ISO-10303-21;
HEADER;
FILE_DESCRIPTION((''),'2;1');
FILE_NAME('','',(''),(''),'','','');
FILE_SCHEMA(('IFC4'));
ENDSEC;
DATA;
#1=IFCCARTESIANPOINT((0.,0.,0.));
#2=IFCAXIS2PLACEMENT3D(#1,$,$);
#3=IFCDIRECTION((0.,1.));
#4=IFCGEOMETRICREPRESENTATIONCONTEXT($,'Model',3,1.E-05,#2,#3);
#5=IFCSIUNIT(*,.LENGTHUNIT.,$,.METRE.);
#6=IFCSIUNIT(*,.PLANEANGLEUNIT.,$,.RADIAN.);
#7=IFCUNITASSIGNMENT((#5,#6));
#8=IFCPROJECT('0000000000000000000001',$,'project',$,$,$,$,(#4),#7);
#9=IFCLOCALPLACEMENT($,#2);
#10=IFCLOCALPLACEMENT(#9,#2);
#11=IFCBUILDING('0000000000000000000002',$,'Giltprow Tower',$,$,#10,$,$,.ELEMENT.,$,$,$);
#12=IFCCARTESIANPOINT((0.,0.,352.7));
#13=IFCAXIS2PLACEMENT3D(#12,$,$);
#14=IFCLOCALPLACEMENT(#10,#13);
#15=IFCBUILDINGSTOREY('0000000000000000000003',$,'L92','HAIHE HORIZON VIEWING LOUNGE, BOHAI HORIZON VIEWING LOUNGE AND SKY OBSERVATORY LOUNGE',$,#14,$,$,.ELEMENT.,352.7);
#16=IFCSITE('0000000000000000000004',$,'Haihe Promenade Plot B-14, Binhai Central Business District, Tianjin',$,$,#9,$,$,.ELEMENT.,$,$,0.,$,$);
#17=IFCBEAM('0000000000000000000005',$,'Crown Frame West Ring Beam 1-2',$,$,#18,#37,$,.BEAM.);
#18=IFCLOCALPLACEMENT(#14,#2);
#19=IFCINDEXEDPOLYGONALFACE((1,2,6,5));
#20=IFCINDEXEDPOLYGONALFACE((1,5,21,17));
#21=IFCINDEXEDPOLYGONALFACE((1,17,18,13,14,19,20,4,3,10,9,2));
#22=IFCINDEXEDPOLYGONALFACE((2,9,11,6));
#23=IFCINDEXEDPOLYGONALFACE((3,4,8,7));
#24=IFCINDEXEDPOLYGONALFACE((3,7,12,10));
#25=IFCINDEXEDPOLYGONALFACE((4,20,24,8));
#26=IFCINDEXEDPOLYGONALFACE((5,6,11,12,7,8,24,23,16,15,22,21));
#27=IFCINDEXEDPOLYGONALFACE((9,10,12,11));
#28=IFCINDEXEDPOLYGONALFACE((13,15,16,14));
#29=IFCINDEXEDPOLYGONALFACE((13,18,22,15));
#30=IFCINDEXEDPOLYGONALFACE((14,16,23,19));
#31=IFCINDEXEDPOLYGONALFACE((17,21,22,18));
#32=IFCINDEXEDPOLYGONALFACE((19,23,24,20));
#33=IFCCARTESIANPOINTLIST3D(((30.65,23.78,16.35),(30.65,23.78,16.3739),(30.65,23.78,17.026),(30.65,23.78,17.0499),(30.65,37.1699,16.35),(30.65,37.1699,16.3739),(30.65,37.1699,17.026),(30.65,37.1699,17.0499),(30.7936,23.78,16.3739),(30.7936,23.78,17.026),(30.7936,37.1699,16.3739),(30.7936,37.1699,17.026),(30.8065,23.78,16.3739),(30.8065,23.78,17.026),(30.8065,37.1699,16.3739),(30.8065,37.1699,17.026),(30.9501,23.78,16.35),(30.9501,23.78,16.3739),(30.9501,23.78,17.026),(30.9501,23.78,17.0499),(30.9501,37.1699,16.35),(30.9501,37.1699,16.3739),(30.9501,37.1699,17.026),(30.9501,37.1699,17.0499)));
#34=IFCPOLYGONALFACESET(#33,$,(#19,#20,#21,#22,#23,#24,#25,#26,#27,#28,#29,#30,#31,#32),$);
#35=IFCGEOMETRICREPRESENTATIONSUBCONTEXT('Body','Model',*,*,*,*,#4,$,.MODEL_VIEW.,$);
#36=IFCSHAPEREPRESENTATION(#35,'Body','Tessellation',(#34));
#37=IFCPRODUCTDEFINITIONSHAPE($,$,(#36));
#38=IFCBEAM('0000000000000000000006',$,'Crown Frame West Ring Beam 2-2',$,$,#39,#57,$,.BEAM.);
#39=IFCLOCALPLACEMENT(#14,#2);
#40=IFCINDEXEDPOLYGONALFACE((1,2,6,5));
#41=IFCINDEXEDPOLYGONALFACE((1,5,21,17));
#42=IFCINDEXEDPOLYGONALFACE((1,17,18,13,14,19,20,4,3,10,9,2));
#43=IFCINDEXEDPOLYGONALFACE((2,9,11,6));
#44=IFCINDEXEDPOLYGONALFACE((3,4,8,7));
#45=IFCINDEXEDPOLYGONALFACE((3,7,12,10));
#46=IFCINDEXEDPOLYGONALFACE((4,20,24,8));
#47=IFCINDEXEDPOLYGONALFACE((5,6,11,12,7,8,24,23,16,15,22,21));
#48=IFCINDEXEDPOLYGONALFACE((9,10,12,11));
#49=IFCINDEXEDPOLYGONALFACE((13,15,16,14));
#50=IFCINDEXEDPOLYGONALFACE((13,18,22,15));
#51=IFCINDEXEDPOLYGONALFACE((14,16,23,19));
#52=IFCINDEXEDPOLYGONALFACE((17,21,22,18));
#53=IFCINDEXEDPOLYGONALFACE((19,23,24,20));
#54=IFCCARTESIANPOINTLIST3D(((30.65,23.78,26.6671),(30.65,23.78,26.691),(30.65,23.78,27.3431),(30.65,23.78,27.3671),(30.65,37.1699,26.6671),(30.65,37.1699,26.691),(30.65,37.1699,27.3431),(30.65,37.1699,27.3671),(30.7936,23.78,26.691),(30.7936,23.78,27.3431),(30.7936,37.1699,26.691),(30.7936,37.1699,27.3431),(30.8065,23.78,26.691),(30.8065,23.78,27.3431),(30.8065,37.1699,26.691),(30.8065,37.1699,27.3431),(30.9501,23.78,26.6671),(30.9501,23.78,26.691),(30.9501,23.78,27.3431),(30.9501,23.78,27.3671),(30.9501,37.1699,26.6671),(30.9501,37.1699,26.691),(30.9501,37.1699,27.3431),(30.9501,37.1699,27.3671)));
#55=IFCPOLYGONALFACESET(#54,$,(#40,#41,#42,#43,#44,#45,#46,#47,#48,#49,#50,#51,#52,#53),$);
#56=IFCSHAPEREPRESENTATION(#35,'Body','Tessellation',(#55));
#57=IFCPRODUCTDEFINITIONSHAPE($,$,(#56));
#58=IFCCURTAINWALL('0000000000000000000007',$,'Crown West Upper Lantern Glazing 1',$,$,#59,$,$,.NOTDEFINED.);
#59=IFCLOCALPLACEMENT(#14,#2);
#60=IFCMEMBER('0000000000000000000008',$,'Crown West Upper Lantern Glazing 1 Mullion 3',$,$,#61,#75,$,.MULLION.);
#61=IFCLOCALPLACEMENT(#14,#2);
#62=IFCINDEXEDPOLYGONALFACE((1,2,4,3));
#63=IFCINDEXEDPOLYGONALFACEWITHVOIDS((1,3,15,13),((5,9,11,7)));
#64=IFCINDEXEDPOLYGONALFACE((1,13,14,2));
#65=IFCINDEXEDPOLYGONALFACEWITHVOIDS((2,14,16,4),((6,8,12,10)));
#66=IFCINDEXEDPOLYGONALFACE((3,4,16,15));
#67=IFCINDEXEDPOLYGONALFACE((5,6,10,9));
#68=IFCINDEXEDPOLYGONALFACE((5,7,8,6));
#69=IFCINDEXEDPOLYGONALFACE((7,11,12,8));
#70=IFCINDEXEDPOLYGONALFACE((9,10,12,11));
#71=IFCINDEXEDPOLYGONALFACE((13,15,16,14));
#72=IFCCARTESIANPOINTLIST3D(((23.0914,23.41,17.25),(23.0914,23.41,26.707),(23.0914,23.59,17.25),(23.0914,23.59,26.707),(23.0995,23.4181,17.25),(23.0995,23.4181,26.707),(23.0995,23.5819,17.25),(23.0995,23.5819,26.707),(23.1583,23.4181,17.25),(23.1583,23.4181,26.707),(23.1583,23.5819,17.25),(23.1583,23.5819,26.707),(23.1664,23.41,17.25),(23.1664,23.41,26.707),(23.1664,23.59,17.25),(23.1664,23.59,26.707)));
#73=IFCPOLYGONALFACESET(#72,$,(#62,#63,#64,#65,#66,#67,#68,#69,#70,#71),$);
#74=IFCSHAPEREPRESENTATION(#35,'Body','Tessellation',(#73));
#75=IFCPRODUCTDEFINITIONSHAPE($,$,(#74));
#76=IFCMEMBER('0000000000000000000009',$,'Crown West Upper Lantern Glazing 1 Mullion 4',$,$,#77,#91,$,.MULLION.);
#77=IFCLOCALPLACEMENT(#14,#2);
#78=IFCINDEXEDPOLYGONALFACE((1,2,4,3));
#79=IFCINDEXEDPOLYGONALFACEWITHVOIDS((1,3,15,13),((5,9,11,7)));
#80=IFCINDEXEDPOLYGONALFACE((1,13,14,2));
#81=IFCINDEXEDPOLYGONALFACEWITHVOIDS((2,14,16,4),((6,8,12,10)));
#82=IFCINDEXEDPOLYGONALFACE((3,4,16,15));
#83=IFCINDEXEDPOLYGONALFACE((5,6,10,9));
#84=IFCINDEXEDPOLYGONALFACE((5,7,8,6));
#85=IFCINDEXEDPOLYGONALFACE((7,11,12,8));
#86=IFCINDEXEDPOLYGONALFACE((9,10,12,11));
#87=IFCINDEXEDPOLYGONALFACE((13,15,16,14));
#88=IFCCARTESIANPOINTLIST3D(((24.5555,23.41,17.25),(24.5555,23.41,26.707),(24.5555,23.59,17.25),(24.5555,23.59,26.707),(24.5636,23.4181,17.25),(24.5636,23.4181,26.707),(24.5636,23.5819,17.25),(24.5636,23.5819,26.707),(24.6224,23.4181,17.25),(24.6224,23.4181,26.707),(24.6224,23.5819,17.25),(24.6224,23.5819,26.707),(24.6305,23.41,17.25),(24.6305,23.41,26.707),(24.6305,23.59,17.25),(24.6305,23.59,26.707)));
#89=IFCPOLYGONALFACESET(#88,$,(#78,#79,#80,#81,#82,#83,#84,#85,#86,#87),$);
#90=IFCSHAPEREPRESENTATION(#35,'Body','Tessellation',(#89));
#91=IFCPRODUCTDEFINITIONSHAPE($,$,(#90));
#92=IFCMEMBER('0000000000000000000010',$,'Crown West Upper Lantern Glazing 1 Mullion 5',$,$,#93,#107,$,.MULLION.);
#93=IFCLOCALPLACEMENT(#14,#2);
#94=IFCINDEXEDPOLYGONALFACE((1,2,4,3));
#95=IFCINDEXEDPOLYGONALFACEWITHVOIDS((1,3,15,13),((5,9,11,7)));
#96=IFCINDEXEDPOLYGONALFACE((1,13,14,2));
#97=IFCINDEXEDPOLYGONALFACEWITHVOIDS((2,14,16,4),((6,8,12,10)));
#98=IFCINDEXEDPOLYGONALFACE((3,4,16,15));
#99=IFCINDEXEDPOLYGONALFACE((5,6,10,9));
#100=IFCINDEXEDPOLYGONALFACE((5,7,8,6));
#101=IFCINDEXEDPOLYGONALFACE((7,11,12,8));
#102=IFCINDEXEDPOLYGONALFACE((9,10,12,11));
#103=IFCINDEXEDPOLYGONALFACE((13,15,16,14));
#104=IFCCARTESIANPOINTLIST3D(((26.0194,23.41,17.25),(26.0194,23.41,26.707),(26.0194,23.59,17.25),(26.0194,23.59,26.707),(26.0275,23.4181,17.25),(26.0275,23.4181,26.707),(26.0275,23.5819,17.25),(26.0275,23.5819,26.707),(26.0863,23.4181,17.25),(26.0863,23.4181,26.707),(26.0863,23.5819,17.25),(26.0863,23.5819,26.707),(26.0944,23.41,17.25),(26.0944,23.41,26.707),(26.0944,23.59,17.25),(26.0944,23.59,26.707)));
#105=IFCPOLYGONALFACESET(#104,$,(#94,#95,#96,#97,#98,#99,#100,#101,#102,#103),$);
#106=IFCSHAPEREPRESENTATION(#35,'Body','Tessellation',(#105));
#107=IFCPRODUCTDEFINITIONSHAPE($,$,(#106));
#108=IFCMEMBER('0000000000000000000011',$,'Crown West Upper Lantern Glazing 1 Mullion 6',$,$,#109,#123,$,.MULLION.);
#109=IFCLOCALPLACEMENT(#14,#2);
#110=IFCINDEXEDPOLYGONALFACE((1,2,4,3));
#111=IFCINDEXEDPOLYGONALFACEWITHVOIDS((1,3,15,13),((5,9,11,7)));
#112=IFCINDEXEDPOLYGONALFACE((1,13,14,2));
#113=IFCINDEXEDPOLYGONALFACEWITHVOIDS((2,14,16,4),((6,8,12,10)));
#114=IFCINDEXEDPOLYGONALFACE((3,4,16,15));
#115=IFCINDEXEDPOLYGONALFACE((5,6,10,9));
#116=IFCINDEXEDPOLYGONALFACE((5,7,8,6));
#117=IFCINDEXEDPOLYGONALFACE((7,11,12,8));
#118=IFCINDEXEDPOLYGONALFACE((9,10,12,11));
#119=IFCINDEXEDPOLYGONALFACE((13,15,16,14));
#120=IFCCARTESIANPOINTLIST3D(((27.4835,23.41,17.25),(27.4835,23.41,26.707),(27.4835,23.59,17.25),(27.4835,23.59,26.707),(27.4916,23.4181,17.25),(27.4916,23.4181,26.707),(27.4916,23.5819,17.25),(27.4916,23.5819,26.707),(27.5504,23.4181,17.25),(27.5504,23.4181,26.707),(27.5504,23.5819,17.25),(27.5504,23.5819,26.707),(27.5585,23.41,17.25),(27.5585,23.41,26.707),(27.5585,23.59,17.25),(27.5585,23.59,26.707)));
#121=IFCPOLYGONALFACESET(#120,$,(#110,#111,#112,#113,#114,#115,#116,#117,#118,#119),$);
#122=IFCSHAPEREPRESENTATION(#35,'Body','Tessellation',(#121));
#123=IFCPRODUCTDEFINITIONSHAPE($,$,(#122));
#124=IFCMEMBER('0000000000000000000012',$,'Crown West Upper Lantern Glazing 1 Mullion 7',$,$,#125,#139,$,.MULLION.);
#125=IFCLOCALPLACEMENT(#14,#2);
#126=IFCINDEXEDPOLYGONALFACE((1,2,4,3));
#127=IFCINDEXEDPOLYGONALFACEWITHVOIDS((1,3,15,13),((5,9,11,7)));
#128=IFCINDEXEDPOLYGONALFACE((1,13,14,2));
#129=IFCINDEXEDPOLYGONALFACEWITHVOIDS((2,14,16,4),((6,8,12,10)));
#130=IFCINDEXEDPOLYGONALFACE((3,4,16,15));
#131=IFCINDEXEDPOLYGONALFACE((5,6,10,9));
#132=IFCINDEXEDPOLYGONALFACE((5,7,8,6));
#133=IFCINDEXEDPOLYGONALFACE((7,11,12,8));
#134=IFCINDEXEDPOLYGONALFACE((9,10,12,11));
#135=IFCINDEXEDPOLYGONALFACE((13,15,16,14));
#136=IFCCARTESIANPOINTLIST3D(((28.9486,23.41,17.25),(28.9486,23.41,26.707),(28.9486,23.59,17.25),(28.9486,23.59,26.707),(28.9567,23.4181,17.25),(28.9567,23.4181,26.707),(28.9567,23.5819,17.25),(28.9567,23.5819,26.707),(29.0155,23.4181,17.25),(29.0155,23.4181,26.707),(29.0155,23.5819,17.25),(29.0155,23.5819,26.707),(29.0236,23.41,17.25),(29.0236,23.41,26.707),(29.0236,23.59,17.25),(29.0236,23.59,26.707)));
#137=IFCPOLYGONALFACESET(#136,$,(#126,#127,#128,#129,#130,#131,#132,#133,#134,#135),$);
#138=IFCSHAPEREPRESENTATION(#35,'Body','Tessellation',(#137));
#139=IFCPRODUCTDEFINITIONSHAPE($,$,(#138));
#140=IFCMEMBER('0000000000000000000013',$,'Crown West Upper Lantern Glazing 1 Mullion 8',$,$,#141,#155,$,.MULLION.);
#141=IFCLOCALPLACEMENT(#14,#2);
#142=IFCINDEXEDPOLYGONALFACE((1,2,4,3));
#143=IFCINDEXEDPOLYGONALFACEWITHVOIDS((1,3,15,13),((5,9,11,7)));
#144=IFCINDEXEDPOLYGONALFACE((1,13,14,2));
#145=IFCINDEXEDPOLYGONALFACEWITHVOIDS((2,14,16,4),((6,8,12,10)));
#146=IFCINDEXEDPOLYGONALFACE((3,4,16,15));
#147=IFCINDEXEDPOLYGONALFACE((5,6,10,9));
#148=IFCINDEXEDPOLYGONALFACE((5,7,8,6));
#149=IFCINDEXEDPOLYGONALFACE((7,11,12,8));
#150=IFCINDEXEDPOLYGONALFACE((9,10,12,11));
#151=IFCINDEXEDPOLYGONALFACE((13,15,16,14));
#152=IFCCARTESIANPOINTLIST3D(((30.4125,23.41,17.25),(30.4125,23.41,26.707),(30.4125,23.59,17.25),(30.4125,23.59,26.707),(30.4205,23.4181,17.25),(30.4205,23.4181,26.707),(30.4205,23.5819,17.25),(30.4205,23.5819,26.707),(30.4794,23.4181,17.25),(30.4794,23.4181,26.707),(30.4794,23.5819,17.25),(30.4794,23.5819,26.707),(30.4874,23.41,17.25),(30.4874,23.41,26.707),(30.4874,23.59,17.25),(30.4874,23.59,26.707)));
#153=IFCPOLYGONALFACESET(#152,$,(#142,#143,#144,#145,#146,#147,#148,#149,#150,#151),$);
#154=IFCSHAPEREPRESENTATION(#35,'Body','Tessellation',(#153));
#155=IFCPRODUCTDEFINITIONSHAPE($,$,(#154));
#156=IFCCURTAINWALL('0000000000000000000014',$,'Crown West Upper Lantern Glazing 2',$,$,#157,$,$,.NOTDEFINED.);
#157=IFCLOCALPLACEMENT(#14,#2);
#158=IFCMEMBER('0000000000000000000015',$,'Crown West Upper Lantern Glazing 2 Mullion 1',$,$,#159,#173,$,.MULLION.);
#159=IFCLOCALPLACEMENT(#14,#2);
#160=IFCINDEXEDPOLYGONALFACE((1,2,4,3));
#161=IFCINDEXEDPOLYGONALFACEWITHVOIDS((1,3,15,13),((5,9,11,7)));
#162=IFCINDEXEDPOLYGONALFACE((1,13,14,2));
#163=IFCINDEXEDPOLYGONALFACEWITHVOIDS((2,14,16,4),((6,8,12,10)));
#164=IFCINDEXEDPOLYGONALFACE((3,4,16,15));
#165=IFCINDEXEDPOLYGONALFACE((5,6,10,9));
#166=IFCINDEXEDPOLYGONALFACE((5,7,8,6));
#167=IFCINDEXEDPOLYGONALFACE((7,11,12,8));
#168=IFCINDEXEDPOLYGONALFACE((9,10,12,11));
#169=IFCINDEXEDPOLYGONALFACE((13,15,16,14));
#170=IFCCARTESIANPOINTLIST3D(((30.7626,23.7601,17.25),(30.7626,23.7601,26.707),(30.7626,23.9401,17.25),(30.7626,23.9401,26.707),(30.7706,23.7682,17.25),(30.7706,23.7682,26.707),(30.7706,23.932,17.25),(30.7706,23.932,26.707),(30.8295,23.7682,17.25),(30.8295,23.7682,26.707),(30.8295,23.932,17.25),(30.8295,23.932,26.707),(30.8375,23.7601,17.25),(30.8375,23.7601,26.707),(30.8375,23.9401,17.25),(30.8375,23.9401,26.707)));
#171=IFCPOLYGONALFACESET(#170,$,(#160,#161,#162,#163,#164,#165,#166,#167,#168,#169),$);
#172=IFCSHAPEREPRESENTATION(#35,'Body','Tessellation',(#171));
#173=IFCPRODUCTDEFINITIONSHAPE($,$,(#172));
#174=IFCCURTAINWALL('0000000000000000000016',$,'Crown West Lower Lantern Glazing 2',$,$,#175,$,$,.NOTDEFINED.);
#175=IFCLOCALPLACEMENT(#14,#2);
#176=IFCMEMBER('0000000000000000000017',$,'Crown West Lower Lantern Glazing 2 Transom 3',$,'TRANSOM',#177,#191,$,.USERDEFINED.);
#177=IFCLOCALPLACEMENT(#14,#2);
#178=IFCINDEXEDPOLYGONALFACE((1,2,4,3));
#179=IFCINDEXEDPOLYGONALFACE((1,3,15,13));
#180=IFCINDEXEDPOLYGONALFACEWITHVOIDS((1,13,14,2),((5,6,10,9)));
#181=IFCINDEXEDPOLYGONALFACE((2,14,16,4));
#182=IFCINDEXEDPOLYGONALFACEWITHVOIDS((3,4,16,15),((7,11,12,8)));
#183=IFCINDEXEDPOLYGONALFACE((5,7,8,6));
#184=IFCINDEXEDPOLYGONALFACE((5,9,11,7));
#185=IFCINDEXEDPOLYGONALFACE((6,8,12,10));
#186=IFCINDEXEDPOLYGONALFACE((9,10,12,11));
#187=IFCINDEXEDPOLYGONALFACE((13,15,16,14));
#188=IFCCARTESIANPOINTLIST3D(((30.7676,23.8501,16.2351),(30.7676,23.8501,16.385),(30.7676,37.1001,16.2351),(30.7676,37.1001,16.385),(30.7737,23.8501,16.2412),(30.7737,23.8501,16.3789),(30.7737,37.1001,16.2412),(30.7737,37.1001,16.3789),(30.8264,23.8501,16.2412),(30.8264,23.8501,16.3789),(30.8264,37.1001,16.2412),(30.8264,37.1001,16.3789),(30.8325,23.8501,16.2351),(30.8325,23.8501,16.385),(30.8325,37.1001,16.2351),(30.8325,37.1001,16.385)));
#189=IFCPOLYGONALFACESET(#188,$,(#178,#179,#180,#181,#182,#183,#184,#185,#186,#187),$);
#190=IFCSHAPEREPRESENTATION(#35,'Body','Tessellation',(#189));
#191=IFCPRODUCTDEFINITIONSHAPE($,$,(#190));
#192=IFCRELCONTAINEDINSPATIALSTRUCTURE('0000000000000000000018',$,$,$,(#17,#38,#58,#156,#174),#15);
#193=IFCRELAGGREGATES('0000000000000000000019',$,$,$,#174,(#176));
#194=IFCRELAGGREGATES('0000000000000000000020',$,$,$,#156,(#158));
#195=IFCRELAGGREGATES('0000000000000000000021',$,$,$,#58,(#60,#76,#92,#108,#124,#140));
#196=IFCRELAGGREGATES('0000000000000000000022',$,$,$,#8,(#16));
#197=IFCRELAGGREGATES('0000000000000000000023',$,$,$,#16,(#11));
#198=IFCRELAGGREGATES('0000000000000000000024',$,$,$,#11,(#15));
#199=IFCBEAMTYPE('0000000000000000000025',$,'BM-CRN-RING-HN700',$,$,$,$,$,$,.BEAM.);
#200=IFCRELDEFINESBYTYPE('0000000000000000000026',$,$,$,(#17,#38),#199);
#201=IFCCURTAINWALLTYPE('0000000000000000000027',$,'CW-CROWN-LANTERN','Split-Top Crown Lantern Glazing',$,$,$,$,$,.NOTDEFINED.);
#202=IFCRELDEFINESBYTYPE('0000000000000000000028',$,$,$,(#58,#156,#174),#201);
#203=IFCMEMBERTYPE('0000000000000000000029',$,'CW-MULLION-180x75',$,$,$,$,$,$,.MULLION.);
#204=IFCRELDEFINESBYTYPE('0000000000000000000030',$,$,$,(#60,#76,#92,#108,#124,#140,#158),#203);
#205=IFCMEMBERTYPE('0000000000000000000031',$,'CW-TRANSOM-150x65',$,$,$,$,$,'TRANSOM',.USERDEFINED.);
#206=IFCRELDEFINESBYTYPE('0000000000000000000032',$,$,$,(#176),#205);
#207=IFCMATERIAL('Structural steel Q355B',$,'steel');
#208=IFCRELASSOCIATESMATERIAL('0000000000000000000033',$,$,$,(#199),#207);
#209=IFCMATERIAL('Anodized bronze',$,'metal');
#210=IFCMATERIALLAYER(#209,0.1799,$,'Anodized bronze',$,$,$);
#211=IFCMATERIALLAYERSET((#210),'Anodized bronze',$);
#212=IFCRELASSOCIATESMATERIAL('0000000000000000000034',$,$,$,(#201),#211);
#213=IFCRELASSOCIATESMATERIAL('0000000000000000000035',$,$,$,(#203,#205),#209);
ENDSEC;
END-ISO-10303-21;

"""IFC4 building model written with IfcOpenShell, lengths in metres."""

from ifc_helpers import new_model, si_unit, direction, frame, origin, origin_2d, place, context, subcontext, project, spatial, hollow_rectangle, i_section, extrude, source, transform, mapped, material, layer, layer_set, material_profile, profile_set, type_object, element, aggregate, save


model = new_model("IFC4")

# Units and contexts
model_context = context("Model", 3, precision=1e-05, world=origin(), true_north=direction((0.0, 1.0)))
body_context = subcontext(model_context, "Body", "Model", "MODEL_VIEW")
ifc_project = project(units=[si_unit("LENGTHUNIT", "METRE"), si_unit("PLANEANGLEUNIT", "RADIAN")], contexts=[model_context])

# Site, building, storey
site_placement = place(None, origin())
site = spatial("IfcSite", under=ifc_project, at=site_placement, Name="Haihe Promenade Plot B-14, Binhai Central Business District, Tianjin", CompositionType="ELEMENT", RefElevation=0.0)
building_placement = place(site_placement, origin())
building = spatial("IfcBuilding", under=site, at=building_placement, Name="Giltprow Tower", CompositionType="ELEMENT")
storey_placement = place(building_placement, frame((0.0, 0.0, 352.7)))
storey = spatial("IfcBuildingStorey", under=building, at=storey_placement, Name="L92", Description="HAIHE HORIZON VIEWING LOUNGE, BOHAI HORIZON VIEWING LOUNGE AND SKY OBSERVATORY LOUNGE", CompositionType="ELEMENT", Elevation=352.7)

# Beams
ifc_material_1 = material(Name="Structural steel Q355B", Category="steel")
ifc_material_profile_1 = material_profile(ifc_material_1, i_section(OverallWidth=0.3, OverallDepth=0.7, WebThickness=0.0129, FlangeThickness=0.0239, at=origin_2d()), Name="HN 700x300x13x24")
ifc_profile_set_1 = profile_set([ifc_material_profile_1], Name="Structural steel Q355B")
beam_type = type_object("IfcBeamType", Name="BM-CRN-RING-HN700", PredefinedType="BEAM", material=ifc_profile_set_1)
shared_shape_1 = source(origin(), body_context, "Body", "SweptSolid", [
    extrude(i_section(OverallWidth=0.3, OverallDepth=0.7, WebThickness=0.0129, FlangeThickness=0.0239, at=origin_2d()), origin(), (0.0, 0.0, 1.0), 13.3899),
])
for number, where, z_axis, x_axis, name in (
    (1, (30.8, 23.78, 16.7), (0.0, 1.0, 0.0), (-1.0, 0.0, 0.0), "Crown Frame West Ring Beam 1-2"),
    (2, (30.8, 23.78, 27.0171), (0.0, 1.0, 0.0), (-1.0, 0.0, 0.0), "Crown Frame West Ring Beam 2-2"),
):
    element("IfcBeam", number, at=place(storey_placement, frame(where, z_axis=z_axis, x_axis=x_axis)), inside=storey, type_object=beam_type, Name=name, PredefinedType="BEAM", context=body_context, shape_type="MappedRepresentation", body=[
        mapped(shared_shape_1, transform((0.0, 0.0, 0.0), x_axis=(1.0, 0.0, 0.0), y_axis=(0.0, 1.0, 0.0), z_axis=(0.0, 0.0, 1.0), scale=1.0)),
    ])

# Curtain wall, members
ifc_material_2 = material(Name="Anodized bronze", Category="metal")
ifc_layer_1 = layer(ifc_material_2, 0.1799, Name="Anodized bronze")
ifc_layer_set_1 = layer_set([ifc_layer_1], Name="Anodized bronze")
curtain_wall_type = type_object("IfcCurtainWallType", Name="CW-CROWN-LANTERN", Description="Split-Top Crown Lantern Glazing", PredefinedType="NOTDEFINED", material=ifc_layer_set_1)
curtain_wall_1_placement = place(storey_placement, origin())
curtain_wall_1 = element("IfcCurtainWall", 3, at=curtain_wall_1_placement, inside=storey, type_object=curtain_wall_type, Name="Crown West Upper Lantern Glazing 1", PredefinedType="NOTDEFINED")
ifc_material_profile_2 = material_profile(ifc_material_2, hollow_rectangle(XDim=0.075, YDim=0.1799, WallThickness=0.0081, at=origin_2d()), Name="RHS 180x75x8")
ifc_profile_set_2 = profile_set([ifc_material_profile_2], Name="Anodized bronze")
member_type_1 = type_object("IfcMemberType", Name="CW-MULLION-180x75", PredefinedType="MULLION", material=ifc_profile_set_2)
shared_shape_2 = source(origin(), body_context, "Body", "SweptSolid", [
    extrude(hollow_rectangle(XDim=0.075, YDim=0.1799, WallThickness=0.0081, at=origin_2d()), origin(), (0.0, 0.0, 1.0), 9.457),
])
member_1_placement = place(storey_placement, frame((23.1289, 23.5, 17.25), z_axis=(0.0, 0.0, 1.0), x_axis=(1.0, 0.0, 0.0)))
member_1 = element("IfcMember", 4, at=member_1_placement, type_object=member_type_1, Name="Crown West Upper Lantern Glazing 1 Mullion 3", PredefinedType="MULLION", context=body_context, shape_type="MappedRepresentation", body=[
    mapped(shared_shape_2, transform((0.0, 0.0, 0.0), x_axis=(1.0, 0.0, 0.0), y_axis=(0.0, 1.0, 0.0), z_axis=(0.0, 0.0, 1.0), scale=1.0)),
])
member_2_placement = place(storey_placement, frame((24.593, 23.5, 17.25), z_axis=(0.0, 0.0, 1.0), x_axis=(1.0, 0.0, 0.0)))
member_2 = element("IfcMember", 5, at=member_2_placement, type_object=member_type_1, Name="Crown West Upper Lantern Glazing 1 Mullion 4", PredefinedType="MULLION", context=body_context, shape_type="MappedRepresentation", body=[
    mapped(shared_shape_2, transform((0.0, 0.0, 0.0), x_axis=(1.0, 0.0, 0.0), y_axis=(0.0, 1.0, 0.0), z_axis=(0.0, 0.0, 1.0), scale=1.0)),
])
member_3_placement = place(storey_placement, frame((26.0569, 23.5, 17.25), z_axis=(0.0, 0.0, 1.0), x_axis=(1.0, 0.0, 0.0)))
member_3 = element("IfcMember", 6, at=member_3_placement, type_object=member_type_1, Name="Crown West Upper Lantern Glazing 1 Mullion 5", PredefinedType="MULLION", context=body_context, shape_type="MappedRepresentation", body=[
    mapped(shared_shape_2, transform((0.0, 0.0, 0.0), x_axis=(1.0, 0.0, 0.0), y_axis=(0.0, 1.0, 0.0), z_axis=(0.0, 0.0, 1.0), scale=1.0)),
])
member_4_placement = place(storey_placement, frame((27.521, 23.5, 17.25), z_axis=(0.0, 0.0, 1.0), x_axis=(1.0, 0.0, 0.0)))
member_4 = element("IfcMember", 7, at=member_4_placement, type_object=member_type_1, Name="Crown West Upper Lantern Glazing 1 Mullion 6", PredefinedType="MULLION", context=body_context, shape_type="MappedRepresentation", body=[
    mapped(shared_shape_2, transform((0.0, 0.0, 0.0), x_axis=(1.0, 0.0, 0.0), y_axis=(0.0, 1.0, 0.0), z_axis=(0.0, 0.0, 1.0), scale=1.0)),
])
member_5_placement = place(storey_placement, frame((28.9861, 23.5, 17.25), z_axis=(0.0, 0.0, 1.0), x_axis=(1.0, 0.0, 0.0)))
member_5 = element("IfcMember", 8, at=member_5_placement, type_object=member_type_1, Name="Crown West Upper Lantern Glazing 1 Mullion 7", PredefinedType="MULLION", context=body_context, shape_type="MappedRepresentation", body=[
    mapped(shared_shape_2, transform((0.0, 0.0, 0.0), x_axis=(1.0, 0.0, 0.0), y_axis=(0.0, 1.0, 0.0), z_axis=(0.0, 0.0, 1.0), scale=1.0)),
])
member_6_placement = place(storey_placement, frame((30.45, 23.5, 17.25), z_axis=(0.0, 0.0, 1.0), x_axis=(1.0, 0.0, 0.0)))
member_6 = element("IfcMember", 9, at=member_6_placement, type_object=member_type_1, Name="Crown West Upper Lantern Glazing 1 Mullion 8", PredefinedType="MULLION", context=body_context, shape_type="MappedRepresentation", body=[
    mapped(shared_shape_2, transform((0.0, 0.0, 0.0), x_axis=(1.0, 0.0, 0.0), y_axis=(0.0, 1.0, 0.0), z_axis=(0.0, 0.0, 1.0), scale=1.0)),
])

# Curtain walls, members
curtain_wall_2_placement = place(storey_placement, origin())
curtain_wall_2 = element("IfcCurtainWall", 10, at=curtain_wall_2_placement, inside=storey, type_object=curtain_wall_type, Name="Crown West Upper Lantern Glazing 2", PredefinedType="NOTDEFINED")
member_7_placement = place(storey_placement, frame((30.8, 23.8501, 17.25), z_axis=(0.0, 0.0, 1.0), x_axis=(1.0, 0.0, 0.0)))
member_7 = element("IfcMember", 11, at=member_7_placement, type_object=member_type_1, Name="Crown West Upper Lantern Glazing 2 Mullion 1", PredefinedType="MULLION", context=body_context, shape_type="MappedRepresentation", body=[
    mapped(shared_shape_2, transform((0.0, 0.0, 0.0), x_axis=(1.0, 0.0, 0.0), y_axis=(0.0, 1.0, 0.0), z_axis=(0.0, 0.0, 1.0), scale=1.0)),
])
curtain_wall_3_placement = place(storey_placement, origin())
curtain_wall_3 = element("IfcCurtainWall", 12, at=curtain_wall_3_placement, inside=storey, type_object=curtain_wall_type, Name="Crown West Lower Lantern Glazing 2", PredefinedType="NOTDEFINED")
ifc_material_profile_3 = material_profile(ifc_material_2, hollow_rectangle(XDim=0.0649, YDim=0.1499, WallThickness=0.0061, at=origin_2d()), Name="RHS 150x65x6")
ifc_profile_set_3 = profile_set([ifc_material_profile_3], Name="Anodized bronze")
member_type_2 = type_object("IfcMemberType", Name="CW-TRANSOM-150x65", ElementType="TRANSOM", PredefinedType="USERDEFINED", material=ifc_profile_set_3)
shared_shape_3 = source(origin(), body_context, "Body", "SweptSolid", [
    extrude(hollow_rectangle(XDim=0.0649, YDim=0.1499, WallThickness=0.0061, at=origin_2d()), origin(), (0.0, 0.0, 1.0), 13.25),
])
member_8_placement = place(storey_placement, frame((30.8, 23.8501, 16.3101), z_axis=(0.0, 1.0, 0.0), x_axis=(-1.0, 0.0, 0.0)))
member_8 = element("IfcMember", 13, at=member_8_placement, type_object=member_type_2, Name="Crown West Lower Lantern Glazing 2 Transom 3", ObjectType="TRANSOM", PredefinedType="USERDEFINED", context=body_context, shape_type="MappedRepresentation", body=[
    mapped(shared_shape_3, transform((0.0, 0.0, 0.0), x_axis=(1.0, 0.0, 0.0), y_axis=(0.0, 1.0, 0.0), z_axis=(0.0, 0.0, 1.0), scale=1.0)),
])
aggregate(curtain_wall_3, [member_8])

aggregate(curtain_wall_2, [member_7])

aggregate(curtain_wall_1, [member_1, member_2, member_3, member_4, member_5, member_6])

save(model, "model.ifc")
